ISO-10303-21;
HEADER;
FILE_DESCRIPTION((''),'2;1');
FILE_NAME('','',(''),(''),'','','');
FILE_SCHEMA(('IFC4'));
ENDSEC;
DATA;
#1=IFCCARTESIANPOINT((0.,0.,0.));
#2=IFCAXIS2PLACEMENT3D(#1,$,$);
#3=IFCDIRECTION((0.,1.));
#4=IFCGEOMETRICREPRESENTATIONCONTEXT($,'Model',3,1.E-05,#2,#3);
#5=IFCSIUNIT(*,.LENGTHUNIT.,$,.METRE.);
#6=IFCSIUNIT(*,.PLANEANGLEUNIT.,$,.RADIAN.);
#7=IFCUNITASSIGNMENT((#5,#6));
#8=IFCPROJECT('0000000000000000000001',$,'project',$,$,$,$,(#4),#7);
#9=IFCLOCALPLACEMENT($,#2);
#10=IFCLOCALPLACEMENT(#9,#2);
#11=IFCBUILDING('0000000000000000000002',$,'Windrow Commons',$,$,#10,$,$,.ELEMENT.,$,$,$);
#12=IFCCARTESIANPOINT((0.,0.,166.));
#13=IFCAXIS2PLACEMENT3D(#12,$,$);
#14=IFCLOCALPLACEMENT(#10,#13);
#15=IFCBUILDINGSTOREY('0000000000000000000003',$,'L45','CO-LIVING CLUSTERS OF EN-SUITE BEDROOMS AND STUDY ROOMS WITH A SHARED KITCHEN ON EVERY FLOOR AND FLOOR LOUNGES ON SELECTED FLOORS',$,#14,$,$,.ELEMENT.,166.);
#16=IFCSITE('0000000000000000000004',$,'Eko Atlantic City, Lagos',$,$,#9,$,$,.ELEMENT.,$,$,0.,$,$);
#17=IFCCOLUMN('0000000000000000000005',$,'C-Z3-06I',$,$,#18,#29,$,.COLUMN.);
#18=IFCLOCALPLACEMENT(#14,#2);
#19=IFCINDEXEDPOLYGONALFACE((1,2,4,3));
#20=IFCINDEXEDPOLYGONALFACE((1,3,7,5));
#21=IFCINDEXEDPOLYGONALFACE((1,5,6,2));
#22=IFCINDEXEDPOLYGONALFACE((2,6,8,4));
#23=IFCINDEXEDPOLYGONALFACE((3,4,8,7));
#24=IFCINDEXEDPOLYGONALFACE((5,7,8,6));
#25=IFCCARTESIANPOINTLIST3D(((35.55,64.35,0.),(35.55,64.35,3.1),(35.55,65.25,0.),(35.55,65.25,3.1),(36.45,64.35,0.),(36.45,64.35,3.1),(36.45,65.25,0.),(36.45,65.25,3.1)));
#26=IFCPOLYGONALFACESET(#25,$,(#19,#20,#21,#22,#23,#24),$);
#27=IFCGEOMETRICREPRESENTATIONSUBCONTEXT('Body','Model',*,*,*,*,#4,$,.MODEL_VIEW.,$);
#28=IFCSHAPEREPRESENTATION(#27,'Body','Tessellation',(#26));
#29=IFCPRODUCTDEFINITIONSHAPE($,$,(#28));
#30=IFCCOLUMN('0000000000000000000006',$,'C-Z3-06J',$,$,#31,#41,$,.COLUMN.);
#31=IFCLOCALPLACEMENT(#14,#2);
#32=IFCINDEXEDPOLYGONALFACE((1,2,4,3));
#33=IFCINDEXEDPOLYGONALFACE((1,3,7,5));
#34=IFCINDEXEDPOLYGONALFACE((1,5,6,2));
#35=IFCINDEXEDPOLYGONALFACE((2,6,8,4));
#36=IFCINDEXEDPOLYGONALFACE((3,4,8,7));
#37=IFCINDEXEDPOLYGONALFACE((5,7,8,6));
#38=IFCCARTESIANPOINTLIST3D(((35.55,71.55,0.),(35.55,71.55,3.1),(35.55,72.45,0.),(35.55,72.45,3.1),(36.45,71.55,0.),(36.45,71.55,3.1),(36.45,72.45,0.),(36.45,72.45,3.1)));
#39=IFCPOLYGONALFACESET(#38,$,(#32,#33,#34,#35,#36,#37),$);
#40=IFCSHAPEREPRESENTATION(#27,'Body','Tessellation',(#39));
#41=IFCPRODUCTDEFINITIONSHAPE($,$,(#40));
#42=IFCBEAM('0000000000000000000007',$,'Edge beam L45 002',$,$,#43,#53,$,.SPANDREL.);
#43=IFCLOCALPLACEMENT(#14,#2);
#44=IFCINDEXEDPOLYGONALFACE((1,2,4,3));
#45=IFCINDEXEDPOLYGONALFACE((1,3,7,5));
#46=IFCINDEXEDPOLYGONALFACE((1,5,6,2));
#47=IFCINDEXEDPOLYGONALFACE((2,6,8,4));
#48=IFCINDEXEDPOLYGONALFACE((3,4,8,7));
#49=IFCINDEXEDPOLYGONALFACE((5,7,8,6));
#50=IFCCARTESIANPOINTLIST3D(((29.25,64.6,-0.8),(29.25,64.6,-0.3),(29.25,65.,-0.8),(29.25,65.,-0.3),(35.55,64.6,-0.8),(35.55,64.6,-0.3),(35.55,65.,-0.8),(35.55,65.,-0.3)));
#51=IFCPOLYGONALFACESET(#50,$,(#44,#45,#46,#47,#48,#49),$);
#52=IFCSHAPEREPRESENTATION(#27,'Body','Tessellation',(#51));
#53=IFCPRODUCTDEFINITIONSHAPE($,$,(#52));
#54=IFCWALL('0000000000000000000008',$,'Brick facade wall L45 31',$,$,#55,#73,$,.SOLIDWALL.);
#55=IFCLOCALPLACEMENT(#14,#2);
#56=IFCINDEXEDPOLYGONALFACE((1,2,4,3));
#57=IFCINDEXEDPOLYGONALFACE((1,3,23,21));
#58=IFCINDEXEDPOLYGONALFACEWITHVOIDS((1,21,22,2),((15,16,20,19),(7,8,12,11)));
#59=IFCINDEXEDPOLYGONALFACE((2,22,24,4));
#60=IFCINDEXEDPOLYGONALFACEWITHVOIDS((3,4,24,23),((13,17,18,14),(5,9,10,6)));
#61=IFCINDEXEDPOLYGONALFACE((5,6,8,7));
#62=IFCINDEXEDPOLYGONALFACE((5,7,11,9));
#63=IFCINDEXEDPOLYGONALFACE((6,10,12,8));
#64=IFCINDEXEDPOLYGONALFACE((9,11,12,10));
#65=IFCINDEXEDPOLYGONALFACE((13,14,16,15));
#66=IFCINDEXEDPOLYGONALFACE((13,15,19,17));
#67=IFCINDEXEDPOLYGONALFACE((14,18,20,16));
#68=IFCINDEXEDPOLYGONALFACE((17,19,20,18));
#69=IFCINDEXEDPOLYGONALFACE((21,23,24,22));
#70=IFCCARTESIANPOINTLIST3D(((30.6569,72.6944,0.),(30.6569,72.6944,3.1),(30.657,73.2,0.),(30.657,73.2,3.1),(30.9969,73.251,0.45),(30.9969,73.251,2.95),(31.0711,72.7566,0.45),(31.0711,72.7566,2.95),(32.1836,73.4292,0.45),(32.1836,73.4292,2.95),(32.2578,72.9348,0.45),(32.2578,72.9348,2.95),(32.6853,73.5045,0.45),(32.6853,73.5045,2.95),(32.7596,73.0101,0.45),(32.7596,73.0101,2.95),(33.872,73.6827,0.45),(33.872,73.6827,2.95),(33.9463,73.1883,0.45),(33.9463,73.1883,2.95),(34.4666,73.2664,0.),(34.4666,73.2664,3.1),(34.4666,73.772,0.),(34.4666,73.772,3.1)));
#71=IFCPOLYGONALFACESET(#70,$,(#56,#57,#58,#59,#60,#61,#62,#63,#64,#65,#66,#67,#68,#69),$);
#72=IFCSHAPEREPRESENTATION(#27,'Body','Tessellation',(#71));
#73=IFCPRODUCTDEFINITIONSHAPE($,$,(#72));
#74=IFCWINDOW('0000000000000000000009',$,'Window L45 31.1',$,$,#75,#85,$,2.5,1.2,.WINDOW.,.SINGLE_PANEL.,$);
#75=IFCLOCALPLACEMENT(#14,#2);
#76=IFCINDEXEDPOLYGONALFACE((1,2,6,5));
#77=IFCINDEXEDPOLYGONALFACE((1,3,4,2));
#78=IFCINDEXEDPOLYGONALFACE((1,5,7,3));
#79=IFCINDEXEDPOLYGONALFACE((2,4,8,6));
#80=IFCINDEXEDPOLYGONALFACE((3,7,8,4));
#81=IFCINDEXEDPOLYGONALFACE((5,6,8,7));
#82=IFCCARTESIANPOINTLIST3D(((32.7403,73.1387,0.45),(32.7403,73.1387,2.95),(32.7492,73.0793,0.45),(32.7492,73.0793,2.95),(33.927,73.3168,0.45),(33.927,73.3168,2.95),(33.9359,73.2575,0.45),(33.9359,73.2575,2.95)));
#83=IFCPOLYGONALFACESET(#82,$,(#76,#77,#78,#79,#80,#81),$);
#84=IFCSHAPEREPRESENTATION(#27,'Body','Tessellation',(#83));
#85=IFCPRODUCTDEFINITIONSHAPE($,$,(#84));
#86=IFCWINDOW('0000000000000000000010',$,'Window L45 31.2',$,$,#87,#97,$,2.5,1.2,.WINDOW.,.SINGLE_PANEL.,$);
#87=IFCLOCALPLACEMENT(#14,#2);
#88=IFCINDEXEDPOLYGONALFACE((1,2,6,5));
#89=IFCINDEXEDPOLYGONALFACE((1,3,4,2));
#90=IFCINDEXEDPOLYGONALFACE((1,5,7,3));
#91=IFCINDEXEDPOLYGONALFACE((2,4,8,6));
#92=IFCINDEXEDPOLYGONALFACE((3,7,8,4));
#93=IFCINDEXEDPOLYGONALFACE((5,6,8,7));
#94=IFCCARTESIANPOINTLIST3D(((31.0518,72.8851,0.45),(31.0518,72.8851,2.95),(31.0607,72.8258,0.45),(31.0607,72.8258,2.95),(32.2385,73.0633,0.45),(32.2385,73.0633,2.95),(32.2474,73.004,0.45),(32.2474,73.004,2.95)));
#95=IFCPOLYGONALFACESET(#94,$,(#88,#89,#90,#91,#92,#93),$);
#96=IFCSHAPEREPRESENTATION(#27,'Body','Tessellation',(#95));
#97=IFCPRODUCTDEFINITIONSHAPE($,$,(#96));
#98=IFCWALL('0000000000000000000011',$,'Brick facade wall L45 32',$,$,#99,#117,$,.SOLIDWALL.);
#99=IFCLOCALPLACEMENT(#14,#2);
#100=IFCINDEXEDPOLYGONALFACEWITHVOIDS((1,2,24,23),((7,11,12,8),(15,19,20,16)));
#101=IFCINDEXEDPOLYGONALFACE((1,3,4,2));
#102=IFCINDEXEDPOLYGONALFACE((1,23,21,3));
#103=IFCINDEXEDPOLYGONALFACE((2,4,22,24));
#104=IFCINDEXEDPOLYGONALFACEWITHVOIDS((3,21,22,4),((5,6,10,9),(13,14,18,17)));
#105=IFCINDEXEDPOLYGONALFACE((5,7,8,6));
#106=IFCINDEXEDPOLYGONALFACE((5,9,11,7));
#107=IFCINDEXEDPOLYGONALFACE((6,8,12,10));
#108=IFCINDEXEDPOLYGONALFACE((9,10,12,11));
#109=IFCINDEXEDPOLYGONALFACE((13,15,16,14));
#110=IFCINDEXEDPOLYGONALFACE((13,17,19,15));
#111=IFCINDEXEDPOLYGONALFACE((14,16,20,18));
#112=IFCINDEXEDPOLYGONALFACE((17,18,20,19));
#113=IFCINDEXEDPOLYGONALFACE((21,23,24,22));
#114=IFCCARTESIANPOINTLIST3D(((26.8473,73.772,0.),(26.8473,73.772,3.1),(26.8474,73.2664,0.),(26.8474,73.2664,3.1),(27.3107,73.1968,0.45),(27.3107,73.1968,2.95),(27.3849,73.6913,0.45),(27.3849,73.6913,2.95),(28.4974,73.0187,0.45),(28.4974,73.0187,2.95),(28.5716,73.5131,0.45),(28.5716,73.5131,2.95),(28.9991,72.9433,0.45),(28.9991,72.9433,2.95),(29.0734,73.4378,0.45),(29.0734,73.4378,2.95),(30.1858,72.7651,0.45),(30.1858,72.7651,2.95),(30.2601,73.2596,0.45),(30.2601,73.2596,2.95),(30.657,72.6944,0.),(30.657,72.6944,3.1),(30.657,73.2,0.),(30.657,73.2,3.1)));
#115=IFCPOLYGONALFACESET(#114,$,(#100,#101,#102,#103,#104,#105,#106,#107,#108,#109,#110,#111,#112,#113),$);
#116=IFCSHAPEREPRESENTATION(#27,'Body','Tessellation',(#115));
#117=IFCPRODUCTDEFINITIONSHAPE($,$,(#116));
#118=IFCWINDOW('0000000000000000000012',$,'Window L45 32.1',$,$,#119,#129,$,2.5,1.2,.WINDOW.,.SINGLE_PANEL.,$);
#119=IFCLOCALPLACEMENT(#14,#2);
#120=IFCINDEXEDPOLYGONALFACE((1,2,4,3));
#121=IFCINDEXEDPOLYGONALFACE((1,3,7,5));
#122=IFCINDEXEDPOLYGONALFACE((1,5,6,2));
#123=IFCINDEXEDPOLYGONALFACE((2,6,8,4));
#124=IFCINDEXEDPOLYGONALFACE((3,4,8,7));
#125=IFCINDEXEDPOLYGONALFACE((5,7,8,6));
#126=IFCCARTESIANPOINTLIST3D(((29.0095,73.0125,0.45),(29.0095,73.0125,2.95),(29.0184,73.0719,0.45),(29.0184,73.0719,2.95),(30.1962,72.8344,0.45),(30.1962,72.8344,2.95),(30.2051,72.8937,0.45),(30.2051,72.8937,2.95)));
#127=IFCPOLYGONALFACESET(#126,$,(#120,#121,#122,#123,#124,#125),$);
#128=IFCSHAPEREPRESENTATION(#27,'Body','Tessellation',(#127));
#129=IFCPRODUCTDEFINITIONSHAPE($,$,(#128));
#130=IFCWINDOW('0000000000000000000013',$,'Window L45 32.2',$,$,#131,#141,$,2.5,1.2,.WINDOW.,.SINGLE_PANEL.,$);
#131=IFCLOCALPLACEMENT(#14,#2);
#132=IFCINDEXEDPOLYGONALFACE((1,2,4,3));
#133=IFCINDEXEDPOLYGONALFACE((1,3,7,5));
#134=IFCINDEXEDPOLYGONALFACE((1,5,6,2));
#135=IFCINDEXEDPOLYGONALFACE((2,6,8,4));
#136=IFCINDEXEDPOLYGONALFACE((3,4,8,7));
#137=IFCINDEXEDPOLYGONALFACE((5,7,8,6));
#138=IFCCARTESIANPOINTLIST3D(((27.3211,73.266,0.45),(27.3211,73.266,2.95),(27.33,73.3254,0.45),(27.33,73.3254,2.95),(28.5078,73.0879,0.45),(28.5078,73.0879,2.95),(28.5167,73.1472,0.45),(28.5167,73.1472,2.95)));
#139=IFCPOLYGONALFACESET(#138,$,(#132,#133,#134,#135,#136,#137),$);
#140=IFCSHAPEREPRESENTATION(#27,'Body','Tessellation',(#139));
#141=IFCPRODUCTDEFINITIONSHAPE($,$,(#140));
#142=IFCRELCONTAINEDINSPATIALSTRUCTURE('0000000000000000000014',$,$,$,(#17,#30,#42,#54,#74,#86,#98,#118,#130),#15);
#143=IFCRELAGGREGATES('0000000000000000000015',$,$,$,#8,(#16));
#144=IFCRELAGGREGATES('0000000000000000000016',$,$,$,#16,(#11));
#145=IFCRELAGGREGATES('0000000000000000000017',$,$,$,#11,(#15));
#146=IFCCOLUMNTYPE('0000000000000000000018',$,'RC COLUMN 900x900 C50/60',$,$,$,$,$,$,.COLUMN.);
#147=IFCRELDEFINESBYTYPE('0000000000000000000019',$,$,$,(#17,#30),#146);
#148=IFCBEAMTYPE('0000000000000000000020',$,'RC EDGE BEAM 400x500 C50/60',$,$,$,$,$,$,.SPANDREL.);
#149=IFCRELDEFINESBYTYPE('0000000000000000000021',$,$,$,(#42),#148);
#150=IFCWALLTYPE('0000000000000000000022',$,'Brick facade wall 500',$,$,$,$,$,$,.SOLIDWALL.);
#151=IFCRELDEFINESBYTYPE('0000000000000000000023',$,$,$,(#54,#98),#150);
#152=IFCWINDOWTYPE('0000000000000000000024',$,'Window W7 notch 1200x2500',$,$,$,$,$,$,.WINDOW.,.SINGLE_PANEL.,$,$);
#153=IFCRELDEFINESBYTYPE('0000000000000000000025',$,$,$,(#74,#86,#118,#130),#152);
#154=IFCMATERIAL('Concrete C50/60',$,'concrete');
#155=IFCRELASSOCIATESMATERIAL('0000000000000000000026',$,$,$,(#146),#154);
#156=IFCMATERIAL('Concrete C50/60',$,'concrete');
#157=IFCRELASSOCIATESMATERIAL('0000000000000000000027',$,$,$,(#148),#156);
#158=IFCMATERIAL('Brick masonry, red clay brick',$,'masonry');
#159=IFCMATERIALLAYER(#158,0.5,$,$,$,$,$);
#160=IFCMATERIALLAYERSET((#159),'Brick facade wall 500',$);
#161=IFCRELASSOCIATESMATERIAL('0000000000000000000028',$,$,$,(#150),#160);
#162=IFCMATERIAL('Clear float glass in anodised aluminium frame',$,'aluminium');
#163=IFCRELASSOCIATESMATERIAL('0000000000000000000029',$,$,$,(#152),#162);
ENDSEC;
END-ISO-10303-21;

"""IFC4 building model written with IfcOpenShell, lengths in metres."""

from ifc_helpers import new_model, si_unit, direction, frame, frame_2d, origin, origin_2d, place, context, subcontext, project, spatial, polyline, rectangle, outline, extrude, material, layer, layer_set, material_profile, profile_set, type_object, element, fill, save


model = new_model("IFC4")

# Units and contexts
model_context = context("Model", 3, precision=1e-05, world=origin(), true_north=direction((0.0, 1.0)))
body_context = subcontext(model_context, "Body", "Model", "MODEL_VIEW")
ifc_project = project(units=[si_unit("LENGTHUNIT", "METRE"), si_unit("PLANEANGLEUNIT", "RADIAN")], contexts=[model_context])

# Site, building, storey
site_placement = place(None, origin())
site = spatial("IfcSite", under=ifc_project, at=site_placement, Name="Eko Atlantic City, Lagos", CompositionType="ELEMENT", RefElevation=0.0)
building_placement = place(site_placement, origin())
building = spatial("IfcBuilding", under=site, at=building_placement, Name="Windrow Commons", CompositionType="ELEMENT")
storey_placement = place(building_placement, frame((0.0, 0.0, 166.0)))
storey = spatial("IfcBuildingStorey", under=building, at=storey_placement, Name="L45", Description="CO-LIVING CLUSTERS OF EN-SUITE BEDROOMS AND STUDY ROOMS WITH A SHARED KITCHEN ON EVERY FLOOR AND FLOOR LOUNGES ON SELECTED FLOORS", CompositionType="ELEMENT", Elevation=166.0)

# Columns
ifc_material_1 = material(Name="Concrete C50/60", Category="concrete")
ifc_material_profile_1 = material_profile(ifc_material_1, rectangle(XDim=0.9, YDim=0.9, at=origin_2d()))
ifc_profile_set_1 = profile_set([ifc_material_profile_1], Name="Concrete C50/60")
column_type = type_object("IfcColumnType", Name="RC COLUMN 900x900 C50/60", PredefinedType="COLUMN", material=ifc_profile_set_1)
for number, where, z_axis, x_axis, name in (
    (1, (36.0, 64.8, 0.0), (0.0, 0.0, 1.0), (1.0, 0.0, 0.0), "C-Z3-06I"),
    (2, (36.0, 72.0, 0.0), (0.0, 0.0, 1.0), (1.0, 0.0, 0.0), "C-Z3-06J"),
):
    element("IfcColumn", number, at=place(storey_placement, frame(where, z_axis=z_axis, x_axis=x_axis)), inside=storey, type_object=column_type, Name=name, PredefinedType="COLUMN", context=body_context, shape_type="SweptSolid", body=[
        extrude(rectangle(XDim=0.9, YDim=0.9, at=origin_2d()), origin(), (0.0, 0.0, 1.0), 3.1),
    ])

# Beam
ifc_material_2 = material(Name="Concrete C50/60", Category="concrete")
ifc_material_profile_2 = material_profile(ifc_material_2, rectangle(XDim=0.4, YDim=0.5, at=origin_2d()))
ifc_profile_set_2 = profile_set([ifc_material_profile_2], Name="Concrete C50/60")
beam_type = type_object("IfcBeamType", Name="RC EDGE BEAM 400x500 C50/60", PredefinedType="SPANDREL", material=ifc_profile_set_2)
beam_placement = place(storey_placement, frame((35.55, 64.8, -0.55), z_axis=(-1.0, 0.0, 0.0), x_axis=(0.0, -1.0, 0.0)))
element("IfcBeam", 3, at=beam_placement, inside=storey, type_object=beam_type, Name="Edge beam L45 002", PredefinedType="SPANDREL", context=body_context, shape_type="SweptSolid", body=[
    extrude(rectangle(XDim=0.4, YDim=0.5, at=origin_2d()), origin(), (0.0, 0.0, 1.0), 6.3),
])

# Walls, openings, windows
ifc_material_3 = material(Name="Brick masonry, red clay brick", Category="masonry")
ifc_layer_1 = layer(ifc_material_3, 0.5)
ifc_layer_set_1 = layer_set([ifc_layer_1], Name="Brick facade wall 500")
wall_type_1 = type_object("IfcWallType", Name="Brick facade wall 500", PredefinedType="SOLIDWALL", material=ifc_layer_set_1)
wall_1_placement = place(storey_placement, frame((34.4666, 73.5192, 0.0), z_axis=(0.0, 0.0, 1.0), x_axis=(-0.988915, -0.148483, 0.0)))
wall_1 = element("IfcWall", 4, at=wall_1_placement, inside=storey, type_object=wall_type_1, Name="Brick facade wall L45 31", PredefinedType="SOLIDWALL", context=body_context, shape_type="SweptSolid", body=[
    extrude(outline(polyline([(-0.0375, -0.25), (3.8148, -0.25), (3.8899, 0.25), (0.0375, 0.25), (-0.0375, -0.25)])), origin(), (0.0, 0.0, 1.0), 3.1),
])
opening_1_placement = place(wall_1_placement, frame((0.5637, 0.0, 0.45)))
opening_1 = element("IfcOpeningElement", 5, at=opening_1_placement, cuts=wall_1, PredefinedType="OPENING", context=body_context, shape_type="SweptSolid", body=[
    extrude(rectangle(XDim=1.2, YDim=2.5, at=frame_2d((0.6, 1.25))), frame((0.0, 0.26, 0.0), z_axis=(0.0, -1.0, 0.0), x_axis=(1.0, 0.0, 0.0)), (0.0, 0.0, 1.0), 0.52),
])
opening_2_placement = place(wall_1_placement, frame((2.2711, 0.0, 0.45)))
opening_2 = element("IfcOpeningElement", 6, at=opening_2_placement, cuts=wall_1, PredefinedType="OPENING", context=body_context, shape_type="SweptSolid", body=[
    extrude(rectangle(XDim=1.2, YDim=2.5, at=frame_2d((0.6, 1.25))), frame((0.0, 0.26, 0.0), z_axis=(0.0, -1.0, 0.0), x_axis=(1.0, 0.0, 0.0)), (0.0, 0.0, 1.0), 0.52),
])
ifc_material_4 = material(Name="Clear float glass in anodised aluminium frame", Category="aluminium")
window_type_1 = type_object("IfcWindowType", Name="Window W7 notch 1200x2500", PartitioningType="SINGLE_PANEL", PredefinedType="WINDOW", material=ifc_material_4)
window_1_placement = place(opening_1_placement, origin())
window_1 = element("IfcWindow", 7, at=window_1_placement, inside=storey, type_object=window_type_1, Name="Window L45 31.1", OverallHeight=2.5, OverallWidth=1.2, PartitioningType="SINGLE_PANEL", PredefinedType="WINDOW", context=body_context, shape_type="SweptSolid", body=[
    extrude(rectangle(XDim=1.2, YDim=2.5, at=frame_2d((0.6, 1.25))), frame((0.0, 0.18, 0.0), z_axis=(0.0, -1.0, 0.0), x_axis=(1.0, 0.0, 0.0)), (0.0, 0.0, 1.0), 0.06),
])
fill(opening_1, window_1)
window_2_placement = place(opening_2_placement, origin())
window_2 = element("IfcWindow", 8, at=window_2_placement, inside=storey, type_object=window_type_1, Name="Window L45 31.2", OverallHeight=2.5, OverallWidth=1.2, PartitioningType="SINGLE_PANEL", PredefinedType="WINDOW", context=body_context, shape_type="SweptSolid", body=[
    extrude(rectangle(XDim=1.2, YDim=2.5, at=frame_2d((0.6, 1.25))), frame((0.0, 0.18, 0.0), z_axis=(0.0, -1.0, 0.0), x_axis=(1.0, 0.0, 0.0)), (0.0, 0.0, 1.0), 0.06),
])
fill(opening_2, window_2)
wall_2_placement = place(storey_placement, frame((30.657, 72.9472, 0.0), z_axis=(0.0, 0.0, 1.0), x_axis=(-0.988916, 0.148479, 0.0)))
wall_2 = element("IfcWall", 9, at=wall_2_placement, inside=storey, type_object=wall_type_1, Name="Brick facade wall L45 32", PredefinedType="SOLIDWALL", context=body_context, shape_type="SweptSolid", body=[
    extrude(outline(polyline([(0.0375, -0.25), (3.8899, -0.25), (3.8148, 0.25), (-0.0375, 0.25), (0.0375, -0.25)])), origin(), (0.0, 0.0, 1.0), 3.1),
])
opening_3_placement = place(wall_2_placement, frame((0.4389, 0.0, 0.45)))
opening_3 = element("IfcOpeningElement", 10, at=opening_3_placement, cuts=wall_2, PredefinedType="OPENING", context=body_context, shape_type="SweptSolid", body=[
    extrude(rectangle(XDim=1.2, YDim=2.5, at=frame_2d((0.6, 1.25))), frame((0.0, 0.26, 0.0), z_axis=(0.0, -1.0, 0.0), x_axis=(1.0, 0.0, 0.0)), (0.0, 0.0, 1.0), 0.52),
])
opening_4_placement = place(wall_2_placement, frame((2.1463, 0.0, 0.45)))
opening_4 = element("IfcOpeningElement", 11, at=opening_4_placement, cuts=wall_2, PredefinedType="OPENING", context=body_context, shape_type="SweptSolid", body=[
    extrude(rectangle(XDim=1.2, YDim=2.5, at=frame_2d((0.6, 1.25))), frame((0.0, 0.26, 0.0), z_axis=(0.0, -1.0, 0.0), x_axis=(1.0, 0.0, 0.0)), (0.0, 0.0, 1.0), 0.52),
])
window_3_placement = place(opening_3_placement, origin())
window_3 = element("IfcWindow", 12, at=window_3_placement, inside=storey, type_object=window_type_1, Name="Window L45 32.1", OverallHeight=2.5, OverallWidth=1.2, PartitioningType="SINGLE_PANEL", PredefinedType="WINDOW", context=body_context, shape_type="SweptSolid", body=[
    extrude(rectangle(XDim=1.2, YDim=2.5, at=frame_2d((0.6, 1.25))), frame((0.0, 0.18, 0.0), z_axis=(0.0, -1.0, 0.0), x_axis=(1.0, 0.0, 0.0)), (0.0, 0.0, 1.0), 0.06),
])
fill(opening_3, window_3)
window_4_placement = place(opening_4_placement, origin())
window_4 = element("IfcWindow", 13, at=window_4_placement, inside=storey, type_object=window_type_1, Name="Window L45 32.2", OverallHeight=2.5, OverallWidth=1.2, PartitioningType="SINGLE_PANEL", PredefinedType="WINDOW", context=body_context, shape_type="SweptSolid", body=[
    extrude(rectangle(XDim=1.2, YDim=2.5, at=frame_2d((0.6, 1.25))), frame((0.0, 0.18, 0.0), z_axis=(0.0, -1.0, 0.0), x_axis=(1.0, 0.0, 0.0)), (0.0, 0.0, 1.0), 0.06),
])
fill(opening_4, window_4)

save(model, "model.ifc")
